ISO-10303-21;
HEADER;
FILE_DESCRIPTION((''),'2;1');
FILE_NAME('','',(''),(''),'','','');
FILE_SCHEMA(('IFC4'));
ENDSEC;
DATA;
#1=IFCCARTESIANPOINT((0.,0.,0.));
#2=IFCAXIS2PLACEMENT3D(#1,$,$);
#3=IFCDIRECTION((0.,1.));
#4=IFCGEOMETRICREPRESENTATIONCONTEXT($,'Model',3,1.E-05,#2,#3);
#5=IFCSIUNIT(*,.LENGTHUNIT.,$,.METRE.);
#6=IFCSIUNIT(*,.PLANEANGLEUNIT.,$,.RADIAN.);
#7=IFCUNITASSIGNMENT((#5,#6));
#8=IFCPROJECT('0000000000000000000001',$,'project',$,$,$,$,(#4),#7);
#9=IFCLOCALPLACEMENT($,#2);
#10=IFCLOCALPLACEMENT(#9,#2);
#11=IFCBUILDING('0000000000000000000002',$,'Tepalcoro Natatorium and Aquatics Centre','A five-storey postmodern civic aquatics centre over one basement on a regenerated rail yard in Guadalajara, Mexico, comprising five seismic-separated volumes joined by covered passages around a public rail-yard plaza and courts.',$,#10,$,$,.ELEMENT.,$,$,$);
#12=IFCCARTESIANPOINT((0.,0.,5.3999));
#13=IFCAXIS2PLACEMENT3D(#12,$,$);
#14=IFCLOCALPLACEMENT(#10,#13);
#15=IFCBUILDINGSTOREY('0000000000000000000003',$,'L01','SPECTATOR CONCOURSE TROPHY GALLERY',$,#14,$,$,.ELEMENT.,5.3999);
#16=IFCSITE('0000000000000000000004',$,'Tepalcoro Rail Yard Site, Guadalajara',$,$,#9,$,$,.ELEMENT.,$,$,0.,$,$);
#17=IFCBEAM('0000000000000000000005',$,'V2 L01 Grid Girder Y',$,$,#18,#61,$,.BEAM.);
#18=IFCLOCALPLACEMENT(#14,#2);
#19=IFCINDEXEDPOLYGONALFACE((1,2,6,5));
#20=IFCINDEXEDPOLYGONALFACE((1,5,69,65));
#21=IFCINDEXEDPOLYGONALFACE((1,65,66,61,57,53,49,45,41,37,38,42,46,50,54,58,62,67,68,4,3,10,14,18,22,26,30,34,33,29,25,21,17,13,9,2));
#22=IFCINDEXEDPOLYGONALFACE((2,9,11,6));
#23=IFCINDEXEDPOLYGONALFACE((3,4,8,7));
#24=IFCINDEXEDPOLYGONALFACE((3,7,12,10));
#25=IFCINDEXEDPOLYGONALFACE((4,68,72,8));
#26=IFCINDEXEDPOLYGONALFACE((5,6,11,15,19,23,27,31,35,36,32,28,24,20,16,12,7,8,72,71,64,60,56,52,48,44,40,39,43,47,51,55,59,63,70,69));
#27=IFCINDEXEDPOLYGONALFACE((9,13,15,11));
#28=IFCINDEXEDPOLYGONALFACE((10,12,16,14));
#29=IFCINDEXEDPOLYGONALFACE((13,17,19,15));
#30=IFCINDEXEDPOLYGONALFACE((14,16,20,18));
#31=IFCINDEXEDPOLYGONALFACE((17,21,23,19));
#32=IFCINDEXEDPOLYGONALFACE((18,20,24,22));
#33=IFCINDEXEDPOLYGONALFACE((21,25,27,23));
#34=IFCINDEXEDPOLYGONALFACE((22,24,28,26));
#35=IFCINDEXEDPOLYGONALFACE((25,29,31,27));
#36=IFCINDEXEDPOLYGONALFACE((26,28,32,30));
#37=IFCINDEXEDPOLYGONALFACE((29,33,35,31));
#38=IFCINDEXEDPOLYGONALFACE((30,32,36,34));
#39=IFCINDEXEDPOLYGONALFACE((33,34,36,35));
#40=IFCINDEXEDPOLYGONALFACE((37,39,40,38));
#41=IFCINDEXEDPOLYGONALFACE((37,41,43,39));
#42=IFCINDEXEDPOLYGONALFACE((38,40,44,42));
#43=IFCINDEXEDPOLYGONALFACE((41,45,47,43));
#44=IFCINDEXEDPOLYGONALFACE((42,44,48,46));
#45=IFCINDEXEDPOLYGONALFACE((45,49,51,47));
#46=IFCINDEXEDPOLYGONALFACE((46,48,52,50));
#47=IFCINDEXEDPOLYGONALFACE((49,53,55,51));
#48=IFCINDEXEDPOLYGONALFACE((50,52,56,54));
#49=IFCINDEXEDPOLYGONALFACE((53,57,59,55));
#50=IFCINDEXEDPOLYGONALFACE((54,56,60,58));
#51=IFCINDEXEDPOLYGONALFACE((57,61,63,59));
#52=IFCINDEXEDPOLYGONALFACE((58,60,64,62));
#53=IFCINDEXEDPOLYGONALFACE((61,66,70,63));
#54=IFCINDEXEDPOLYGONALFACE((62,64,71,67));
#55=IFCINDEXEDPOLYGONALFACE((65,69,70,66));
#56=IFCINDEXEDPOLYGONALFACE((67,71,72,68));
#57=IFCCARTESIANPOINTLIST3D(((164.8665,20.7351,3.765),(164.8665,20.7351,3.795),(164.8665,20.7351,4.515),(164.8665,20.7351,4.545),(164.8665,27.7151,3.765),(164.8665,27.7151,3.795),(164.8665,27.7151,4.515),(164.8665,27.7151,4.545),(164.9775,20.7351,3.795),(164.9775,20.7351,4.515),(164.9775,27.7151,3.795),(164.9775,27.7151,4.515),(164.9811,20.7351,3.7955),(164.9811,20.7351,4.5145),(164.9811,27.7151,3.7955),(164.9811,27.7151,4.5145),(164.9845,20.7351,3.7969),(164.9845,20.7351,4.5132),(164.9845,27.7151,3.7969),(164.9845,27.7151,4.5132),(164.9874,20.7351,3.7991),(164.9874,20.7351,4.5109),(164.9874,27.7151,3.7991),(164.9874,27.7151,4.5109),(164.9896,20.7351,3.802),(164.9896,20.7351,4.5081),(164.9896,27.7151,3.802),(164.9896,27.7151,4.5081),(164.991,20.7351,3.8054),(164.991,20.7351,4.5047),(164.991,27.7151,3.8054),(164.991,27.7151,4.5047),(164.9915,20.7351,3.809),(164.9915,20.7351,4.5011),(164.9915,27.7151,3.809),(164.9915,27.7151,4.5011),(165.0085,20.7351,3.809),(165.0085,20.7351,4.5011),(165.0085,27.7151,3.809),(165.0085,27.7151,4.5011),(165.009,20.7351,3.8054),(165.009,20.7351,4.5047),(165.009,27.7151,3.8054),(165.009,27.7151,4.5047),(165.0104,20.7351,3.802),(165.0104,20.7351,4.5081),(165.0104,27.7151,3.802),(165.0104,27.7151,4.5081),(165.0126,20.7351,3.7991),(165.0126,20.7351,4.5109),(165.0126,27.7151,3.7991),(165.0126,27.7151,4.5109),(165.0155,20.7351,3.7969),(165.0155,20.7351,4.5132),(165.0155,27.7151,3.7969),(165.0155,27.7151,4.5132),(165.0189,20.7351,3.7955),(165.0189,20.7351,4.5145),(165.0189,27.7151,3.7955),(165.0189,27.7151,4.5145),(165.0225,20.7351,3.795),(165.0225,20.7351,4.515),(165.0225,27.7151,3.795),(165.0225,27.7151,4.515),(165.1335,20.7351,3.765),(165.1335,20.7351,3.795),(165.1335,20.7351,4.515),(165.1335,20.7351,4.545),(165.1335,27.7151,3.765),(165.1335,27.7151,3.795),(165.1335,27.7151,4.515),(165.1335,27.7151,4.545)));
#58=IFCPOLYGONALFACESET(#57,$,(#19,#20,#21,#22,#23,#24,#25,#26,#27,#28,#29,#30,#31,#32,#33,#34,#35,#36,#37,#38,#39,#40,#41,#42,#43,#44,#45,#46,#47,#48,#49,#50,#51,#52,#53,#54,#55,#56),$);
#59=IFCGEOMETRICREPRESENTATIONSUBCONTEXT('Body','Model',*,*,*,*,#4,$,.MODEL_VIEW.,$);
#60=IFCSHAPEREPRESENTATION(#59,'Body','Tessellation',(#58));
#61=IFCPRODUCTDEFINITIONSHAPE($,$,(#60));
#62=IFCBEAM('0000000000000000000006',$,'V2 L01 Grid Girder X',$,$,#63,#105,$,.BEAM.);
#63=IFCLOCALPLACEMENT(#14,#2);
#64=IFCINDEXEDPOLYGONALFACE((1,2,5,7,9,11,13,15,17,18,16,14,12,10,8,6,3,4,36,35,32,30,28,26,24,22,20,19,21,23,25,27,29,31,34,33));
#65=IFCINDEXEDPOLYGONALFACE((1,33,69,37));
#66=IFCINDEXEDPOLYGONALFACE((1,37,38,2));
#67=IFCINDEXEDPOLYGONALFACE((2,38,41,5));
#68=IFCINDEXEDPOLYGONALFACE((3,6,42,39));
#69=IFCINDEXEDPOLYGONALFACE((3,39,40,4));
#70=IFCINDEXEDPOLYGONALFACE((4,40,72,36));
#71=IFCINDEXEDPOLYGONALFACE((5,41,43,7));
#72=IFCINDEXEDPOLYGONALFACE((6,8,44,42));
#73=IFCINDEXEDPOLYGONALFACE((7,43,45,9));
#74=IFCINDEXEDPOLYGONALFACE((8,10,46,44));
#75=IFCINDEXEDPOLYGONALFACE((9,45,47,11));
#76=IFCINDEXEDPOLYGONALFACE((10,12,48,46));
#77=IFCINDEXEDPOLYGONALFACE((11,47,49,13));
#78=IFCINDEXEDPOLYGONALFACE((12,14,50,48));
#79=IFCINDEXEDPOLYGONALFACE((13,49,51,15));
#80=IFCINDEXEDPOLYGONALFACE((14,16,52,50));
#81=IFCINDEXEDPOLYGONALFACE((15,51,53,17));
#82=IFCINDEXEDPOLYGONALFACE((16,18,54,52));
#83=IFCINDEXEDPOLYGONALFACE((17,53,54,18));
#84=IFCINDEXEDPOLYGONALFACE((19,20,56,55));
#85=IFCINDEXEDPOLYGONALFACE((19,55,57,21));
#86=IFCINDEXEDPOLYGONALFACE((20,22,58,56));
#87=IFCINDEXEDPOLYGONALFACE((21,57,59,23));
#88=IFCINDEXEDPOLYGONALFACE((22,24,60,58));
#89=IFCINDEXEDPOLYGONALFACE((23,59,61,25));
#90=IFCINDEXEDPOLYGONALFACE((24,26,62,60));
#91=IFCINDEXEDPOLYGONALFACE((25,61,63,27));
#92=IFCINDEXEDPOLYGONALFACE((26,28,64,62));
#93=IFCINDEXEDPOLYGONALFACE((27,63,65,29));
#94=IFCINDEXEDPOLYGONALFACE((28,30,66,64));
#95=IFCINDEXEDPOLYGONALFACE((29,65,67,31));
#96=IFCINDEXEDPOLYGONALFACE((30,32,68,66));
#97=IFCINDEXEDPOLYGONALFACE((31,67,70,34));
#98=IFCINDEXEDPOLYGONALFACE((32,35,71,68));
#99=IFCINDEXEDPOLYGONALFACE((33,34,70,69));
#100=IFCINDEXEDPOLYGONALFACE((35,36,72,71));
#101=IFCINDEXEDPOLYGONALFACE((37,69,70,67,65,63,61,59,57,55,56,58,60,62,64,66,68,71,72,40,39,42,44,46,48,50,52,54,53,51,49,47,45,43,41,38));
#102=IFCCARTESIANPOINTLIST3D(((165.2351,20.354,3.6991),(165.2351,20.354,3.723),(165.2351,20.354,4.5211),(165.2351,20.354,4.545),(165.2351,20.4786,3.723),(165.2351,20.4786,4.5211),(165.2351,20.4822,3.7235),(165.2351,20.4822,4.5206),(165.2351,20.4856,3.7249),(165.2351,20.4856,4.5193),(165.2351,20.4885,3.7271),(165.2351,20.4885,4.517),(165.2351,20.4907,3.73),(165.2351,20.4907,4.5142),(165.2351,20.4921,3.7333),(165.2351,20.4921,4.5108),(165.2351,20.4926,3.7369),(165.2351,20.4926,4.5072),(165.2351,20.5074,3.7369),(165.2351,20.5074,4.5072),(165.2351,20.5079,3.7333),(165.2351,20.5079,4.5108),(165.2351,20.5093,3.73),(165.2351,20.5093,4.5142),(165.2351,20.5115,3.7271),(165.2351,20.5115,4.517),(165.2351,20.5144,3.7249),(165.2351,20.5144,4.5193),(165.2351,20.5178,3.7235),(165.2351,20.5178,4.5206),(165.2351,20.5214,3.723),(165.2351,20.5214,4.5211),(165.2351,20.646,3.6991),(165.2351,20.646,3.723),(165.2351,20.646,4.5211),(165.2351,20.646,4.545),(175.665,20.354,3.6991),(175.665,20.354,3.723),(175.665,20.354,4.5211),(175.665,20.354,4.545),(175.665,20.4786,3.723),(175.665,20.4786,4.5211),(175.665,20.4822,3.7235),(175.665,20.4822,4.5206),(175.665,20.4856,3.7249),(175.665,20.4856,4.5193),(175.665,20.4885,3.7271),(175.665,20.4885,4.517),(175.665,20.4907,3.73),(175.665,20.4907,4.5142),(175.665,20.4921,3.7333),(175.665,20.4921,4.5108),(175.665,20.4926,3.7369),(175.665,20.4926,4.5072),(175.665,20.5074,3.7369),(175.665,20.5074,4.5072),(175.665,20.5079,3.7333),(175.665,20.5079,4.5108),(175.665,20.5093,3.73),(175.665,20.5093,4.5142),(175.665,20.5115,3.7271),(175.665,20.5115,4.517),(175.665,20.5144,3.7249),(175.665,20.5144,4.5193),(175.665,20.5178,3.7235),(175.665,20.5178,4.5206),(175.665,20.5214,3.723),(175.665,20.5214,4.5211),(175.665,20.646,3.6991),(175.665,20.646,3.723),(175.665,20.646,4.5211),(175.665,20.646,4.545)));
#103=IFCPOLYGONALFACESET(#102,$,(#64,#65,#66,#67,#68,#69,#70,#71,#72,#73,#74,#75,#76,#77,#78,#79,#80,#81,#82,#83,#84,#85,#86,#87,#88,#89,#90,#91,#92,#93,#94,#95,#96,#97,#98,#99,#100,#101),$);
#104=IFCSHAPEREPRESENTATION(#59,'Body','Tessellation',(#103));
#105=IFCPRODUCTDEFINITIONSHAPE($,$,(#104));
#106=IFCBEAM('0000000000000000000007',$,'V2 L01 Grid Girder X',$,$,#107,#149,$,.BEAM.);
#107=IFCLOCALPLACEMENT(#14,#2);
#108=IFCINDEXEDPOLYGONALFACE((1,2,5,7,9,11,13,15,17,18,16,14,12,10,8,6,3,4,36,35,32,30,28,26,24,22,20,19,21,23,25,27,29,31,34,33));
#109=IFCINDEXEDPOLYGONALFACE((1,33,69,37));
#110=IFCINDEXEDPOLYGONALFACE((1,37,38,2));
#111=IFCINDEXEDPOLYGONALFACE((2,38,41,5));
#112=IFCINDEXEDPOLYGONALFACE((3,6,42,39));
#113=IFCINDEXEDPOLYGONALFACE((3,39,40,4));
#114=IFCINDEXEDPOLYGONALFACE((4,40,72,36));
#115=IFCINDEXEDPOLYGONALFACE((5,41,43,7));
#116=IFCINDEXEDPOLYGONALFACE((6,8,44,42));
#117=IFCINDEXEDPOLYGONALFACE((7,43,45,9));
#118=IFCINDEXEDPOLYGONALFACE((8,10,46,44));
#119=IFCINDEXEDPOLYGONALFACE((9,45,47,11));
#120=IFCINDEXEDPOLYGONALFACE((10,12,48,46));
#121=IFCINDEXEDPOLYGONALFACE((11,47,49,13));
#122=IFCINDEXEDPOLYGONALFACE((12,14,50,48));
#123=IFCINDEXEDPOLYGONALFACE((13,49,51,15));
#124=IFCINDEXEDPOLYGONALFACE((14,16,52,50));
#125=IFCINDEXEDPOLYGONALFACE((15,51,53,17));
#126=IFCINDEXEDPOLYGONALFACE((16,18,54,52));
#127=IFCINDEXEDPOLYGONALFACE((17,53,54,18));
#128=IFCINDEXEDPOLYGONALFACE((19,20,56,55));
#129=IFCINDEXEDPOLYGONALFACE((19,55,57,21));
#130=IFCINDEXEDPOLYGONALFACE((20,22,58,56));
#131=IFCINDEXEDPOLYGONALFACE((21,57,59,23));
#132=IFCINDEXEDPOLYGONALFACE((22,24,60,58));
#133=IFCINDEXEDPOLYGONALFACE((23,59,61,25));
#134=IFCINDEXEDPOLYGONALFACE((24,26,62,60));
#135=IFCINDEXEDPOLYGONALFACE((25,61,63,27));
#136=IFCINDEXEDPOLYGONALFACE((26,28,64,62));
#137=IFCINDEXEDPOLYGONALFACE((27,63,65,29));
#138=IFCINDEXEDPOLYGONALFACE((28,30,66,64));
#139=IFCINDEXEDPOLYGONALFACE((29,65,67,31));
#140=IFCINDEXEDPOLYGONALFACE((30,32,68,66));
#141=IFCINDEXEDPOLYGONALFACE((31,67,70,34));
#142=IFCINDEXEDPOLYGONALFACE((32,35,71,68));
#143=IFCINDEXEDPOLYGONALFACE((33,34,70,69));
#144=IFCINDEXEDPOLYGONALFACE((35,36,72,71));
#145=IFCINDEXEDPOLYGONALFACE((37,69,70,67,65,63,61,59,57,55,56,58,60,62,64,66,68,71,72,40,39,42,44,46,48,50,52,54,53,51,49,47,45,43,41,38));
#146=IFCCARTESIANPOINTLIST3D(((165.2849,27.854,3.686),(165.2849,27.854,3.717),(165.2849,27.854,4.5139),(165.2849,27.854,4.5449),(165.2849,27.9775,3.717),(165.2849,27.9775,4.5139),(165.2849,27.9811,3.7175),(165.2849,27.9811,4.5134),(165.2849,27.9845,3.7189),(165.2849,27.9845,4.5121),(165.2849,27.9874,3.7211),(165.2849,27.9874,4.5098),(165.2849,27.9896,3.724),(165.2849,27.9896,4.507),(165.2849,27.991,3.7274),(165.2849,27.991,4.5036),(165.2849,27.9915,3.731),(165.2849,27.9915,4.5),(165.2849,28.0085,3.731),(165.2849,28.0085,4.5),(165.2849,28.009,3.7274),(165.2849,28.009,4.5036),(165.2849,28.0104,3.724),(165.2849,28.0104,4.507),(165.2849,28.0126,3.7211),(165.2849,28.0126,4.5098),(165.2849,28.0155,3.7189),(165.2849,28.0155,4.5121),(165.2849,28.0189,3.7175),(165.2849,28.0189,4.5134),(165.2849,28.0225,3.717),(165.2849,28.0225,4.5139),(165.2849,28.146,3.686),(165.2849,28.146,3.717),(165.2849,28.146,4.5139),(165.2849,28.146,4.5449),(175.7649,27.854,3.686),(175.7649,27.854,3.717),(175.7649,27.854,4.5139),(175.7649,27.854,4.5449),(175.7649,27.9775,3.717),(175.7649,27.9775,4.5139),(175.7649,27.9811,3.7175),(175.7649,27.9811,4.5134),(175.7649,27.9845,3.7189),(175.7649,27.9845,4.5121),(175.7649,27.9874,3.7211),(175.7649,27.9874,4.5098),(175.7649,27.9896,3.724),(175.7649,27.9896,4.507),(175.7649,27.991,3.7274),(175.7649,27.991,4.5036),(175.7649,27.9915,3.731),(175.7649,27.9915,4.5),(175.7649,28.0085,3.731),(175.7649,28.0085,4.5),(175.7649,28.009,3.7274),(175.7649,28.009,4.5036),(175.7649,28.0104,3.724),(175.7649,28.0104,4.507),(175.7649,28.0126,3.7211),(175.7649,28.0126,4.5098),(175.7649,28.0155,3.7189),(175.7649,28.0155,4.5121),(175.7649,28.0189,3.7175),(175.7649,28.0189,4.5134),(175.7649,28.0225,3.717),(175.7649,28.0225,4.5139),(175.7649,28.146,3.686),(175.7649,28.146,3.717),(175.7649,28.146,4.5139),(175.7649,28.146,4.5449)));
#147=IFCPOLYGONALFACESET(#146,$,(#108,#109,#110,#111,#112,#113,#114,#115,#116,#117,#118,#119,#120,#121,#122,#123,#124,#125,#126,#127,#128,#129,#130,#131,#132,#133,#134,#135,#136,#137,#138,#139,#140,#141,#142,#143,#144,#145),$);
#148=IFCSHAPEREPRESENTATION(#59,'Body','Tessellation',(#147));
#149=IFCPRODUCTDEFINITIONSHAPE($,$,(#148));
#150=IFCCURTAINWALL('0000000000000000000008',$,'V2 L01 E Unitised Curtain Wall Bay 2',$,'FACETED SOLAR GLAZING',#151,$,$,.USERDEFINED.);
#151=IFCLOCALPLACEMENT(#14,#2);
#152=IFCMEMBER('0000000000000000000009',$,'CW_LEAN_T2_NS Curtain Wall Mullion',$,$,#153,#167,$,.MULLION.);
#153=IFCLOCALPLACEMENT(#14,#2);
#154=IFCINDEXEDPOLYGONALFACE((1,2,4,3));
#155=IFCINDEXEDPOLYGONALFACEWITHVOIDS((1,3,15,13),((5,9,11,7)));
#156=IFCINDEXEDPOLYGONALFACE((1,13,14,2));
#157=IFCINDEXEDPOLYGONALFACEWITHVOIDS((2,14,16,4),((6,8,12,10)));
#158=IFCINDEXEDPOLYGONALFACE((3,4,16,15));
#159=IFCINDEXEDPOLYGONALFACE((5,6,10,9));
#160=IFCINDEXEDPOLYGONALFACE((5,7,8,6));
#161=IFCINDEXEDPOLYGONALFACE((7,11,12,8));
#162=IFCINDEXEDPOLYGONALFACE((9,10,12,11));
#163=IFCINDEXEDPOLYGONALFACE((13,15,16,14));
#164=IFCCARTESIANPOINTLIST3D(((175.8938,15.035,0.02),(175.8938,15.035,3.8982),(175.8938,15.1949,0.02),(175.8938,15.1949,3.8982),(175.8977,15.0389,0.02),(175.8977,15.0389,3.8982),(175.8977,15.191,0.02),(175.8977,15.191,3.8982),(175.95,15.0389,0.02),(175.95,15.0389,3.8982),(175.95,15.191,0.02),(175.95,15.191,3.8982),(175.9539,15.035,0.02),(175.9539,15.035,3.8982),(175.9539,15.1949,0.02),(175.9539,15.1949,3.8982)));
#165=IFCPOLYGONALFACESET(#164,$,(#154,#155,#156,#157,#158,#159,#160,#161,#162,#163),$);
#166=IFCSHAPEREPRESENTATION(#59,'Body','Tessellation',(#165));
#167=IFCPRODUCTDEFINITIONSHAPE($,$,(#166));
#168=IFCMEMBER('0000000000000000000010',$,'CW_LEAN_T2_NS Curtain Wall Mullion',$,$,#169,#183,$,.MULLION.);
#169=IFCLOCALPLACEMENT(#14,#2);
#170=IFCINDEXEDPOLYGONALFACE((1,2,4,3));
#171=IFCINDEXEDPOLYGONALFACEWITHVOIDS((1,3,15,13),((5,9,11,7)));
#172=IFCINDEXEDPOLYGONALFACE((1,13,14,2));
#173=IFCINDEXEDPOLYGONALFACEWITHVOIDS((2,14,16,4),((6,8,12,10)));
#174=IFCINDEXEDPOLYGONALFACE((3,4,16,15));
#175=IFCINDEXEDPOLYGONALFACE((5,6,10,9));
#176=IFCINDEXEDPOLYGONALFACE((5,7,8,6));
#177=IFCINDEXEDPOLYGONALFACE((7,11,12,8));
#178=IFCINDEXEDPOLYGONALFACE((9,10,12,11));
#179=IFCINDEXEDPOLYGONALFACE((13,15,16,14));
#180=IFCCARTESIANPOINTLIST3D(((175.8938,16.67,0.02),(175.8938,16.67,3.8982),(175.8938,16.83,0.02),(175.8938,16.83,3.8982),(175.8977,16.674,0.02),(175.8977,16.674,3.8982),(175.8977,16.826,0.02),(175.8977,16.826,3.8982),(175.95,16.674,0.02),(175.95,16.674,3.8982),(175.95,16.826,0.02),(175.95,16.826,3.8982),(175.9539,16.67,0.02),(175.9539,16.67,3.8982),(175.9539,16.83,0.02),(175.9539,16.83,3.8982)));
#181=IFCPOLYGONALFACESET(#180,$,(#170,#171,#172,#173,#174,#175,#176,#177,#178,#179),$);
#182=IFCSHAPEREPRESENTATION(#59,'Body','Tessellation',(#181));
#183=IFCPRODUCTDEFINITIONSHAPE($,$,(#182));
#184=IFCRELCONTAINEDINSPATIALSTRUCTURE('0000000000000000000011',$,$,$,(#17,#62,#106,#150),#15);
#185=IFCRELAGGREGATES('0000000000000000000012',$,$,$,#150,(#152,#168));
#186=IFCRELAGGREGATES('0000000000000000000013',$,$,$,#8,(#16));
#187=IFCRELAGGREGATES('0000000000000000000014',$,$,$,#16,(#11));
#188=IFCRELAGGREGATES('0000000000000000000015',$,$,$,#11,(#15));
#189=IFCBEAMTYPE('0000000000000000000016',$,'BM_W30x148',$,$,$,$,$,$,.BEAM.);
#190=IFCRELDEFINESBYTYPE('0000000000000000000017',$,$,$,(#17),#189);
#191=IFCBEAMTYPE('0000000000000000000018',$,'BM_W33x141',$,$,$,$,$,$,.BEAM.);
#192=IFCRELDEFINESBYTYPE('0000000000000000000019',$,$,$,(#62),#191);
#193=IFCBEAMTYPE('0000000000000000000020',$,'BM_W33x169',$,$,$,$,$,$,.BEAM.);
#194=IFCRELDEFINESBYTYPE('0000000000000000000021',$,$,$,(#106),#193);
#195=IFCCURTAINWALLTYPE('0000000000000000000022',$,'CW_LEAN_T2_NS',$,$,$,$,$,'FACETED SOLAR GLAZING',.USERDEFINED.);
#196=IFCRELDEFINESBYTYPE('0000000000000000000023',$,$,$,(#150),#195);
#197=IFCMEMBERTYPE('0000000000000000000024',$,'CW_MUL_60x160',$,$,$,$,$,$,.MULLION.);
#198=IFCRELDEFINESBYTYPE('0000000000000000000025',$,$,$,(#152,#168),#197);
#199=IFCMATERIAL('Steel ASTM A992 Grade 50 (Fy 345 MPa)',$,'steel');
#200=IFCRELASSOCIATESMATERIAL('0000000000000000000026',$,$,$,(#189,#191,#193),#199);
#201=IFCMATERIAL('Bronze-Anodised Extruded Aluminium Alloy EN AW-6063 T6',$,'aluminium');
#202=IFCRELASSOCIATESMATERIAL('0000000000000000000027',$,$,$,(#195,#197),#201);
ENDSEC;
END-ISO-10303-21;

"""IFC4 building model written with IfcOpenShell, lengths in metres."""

from ifc_helpers import new_model, si_unit, direction, frame, origin, origin_2d, place, context, subcontext, project, spatial, hollow_rectangle, i_section, extrude, material, material_profile, profile_set, type_object, element, aggregate, save


model = new_model("IFC4")

# Units and contexts
model_context = context("Model", 3, precision=1e-05, world=origin(), true_north=direction((0.0, 1.0)))
body_context = subcontext(model_context, "Body", "Model", "MODEL_VIEW")
ifc_project = project(units=[si_unit("LENGTHUNIT", "METRE"), si_unit("PLANEANGLEUNIT", "RADIAN")], contexts=[model_context])

# Site, building, storey
site_placement = place(None, origin())
site = spatial("IfcSite", under=ifc_project, at=site_placement, Name="Tepalcoro Rail Yard Site, Guadalajara", CompositionType="ELEMENT", RefElevation=0.0)
building_placement = place(site_placement, origin())
building = spatial("IfcBuilding", under=site, at=building_placement, Name="Tepalcoro Natatorium and Aquatics Centre", Description="A five-storey postmodern civic aquatics centre over one basement on a regenerated rail yard in Guadalajara, Mexico, comprising five seismic-separated volumes joined by covered passages around a public rail-yard plaza and courts.", CompositionType="ELEMENT")
storey_placement = place(building_placement, frame((0.0, 0.0, 5.3999)))
storey = spatial("IfcBuildingStorey", under=building, at=storey_placement, Name="L01", Description="SPECTATOR CONCOURSE TROPHY GALLERY", CompositionType="ELEMENT", Elevation=5.3999)

# Beams
ifc_material_1 = material(Name="Steel ASTM A992 Grade 50 (Fy 345 MPa)", Category="steel")
ifc_material_profile_1 = material_profile(ifc_material_1, i_section(OverallWidth=0.2671, OverallDepth=0.78, WebThickness=0.0171, FlangeThickness=0.03, FilletRadius=0.0139, at=origin_2d()), Name="W30X148")
ifc_profile_set_1 = profile_set([ifc_material_profile_1], Name="Steel ASTM A992 Grade 50 (Fy 345 MPa)")
beam_type_1 = type_object("IfcBeamType", Name="BM_W30x148", PredefinedType="BEAM", material=ifc_profile_set_1)
beam_1_placement = place(storey_placement, frame((165.0, 20.7351, 4.155), z_axis=(0.0, 1.0, 0.0), x_axis=(-1.0, 0.0, 0.0)))
element("IfcBeam", 1, at=beam_1_placement, inside=storey, type_object=beam_type_1, Name="V2 L01 Grid Girder Y", PredefinedType="BEAM", context=body_context, shape_type="SweptSolid", body=[
    extrude(i_section(OverallWidth=0.2671, OverallDepth=0.78, WebThickness=0.0171, FlangeThickness=0.03, FilletRadius=0.0139, at=origin_2d()), origin(), (0.0, 0.0, 1.0), 6.98),
])
ifc_material_profile_2 = material_profile(ifc_material_1, i_section(OverallWidth=0.292, OverallDepth=0.8459, WebThickness=0.0149, FlangeThickness=0.0239, FilletRadius=0.0139, at=origin_2d()), Name="W33X141")
ifc_profile_set_2 = profile_set([ifc_material_profile_2], Name="Steel ASTM A992 Grade 50 (Fy 345 MPa)")
beam_type_2 = type_object("IfcBeamType", Name="BM_W33x141", PredefinedType="BEAM", material=ifc_profile_set_2)
beam_2_placement = place(storey_placement, frame((165.2351, 20.5, 4.1221), z_axis=(1.0, 0.0, 0.0), x_axis=(0.0, 1.0, 0.0)))
element("IfcBeam", 2, at=beam_2_placement, inside=storey, type_object=beam_type_2, Name="V2 L01 Grid Girder X", PredefinedType="BEAM", context=body_context, shape_type="SweptSolid", body=[
    extrude(i_section(OverallWidth=0.292, OverallDepth=0.8459, WebThickness=0.0149, FlangeThickness=0.0239, FilletRadius=0.0139, at=origin_2d()), origin(), (0.0, 0.0, 1.0), 10.4299),
])
ifc_material_profile_3 = material_profile(ifc_material_1, i_section(OverallWidth=0.292, OverallDepth=0.8589, WebThickness=0.0171, FlangeThickness=0.031, FilletRadius=0.0139, at=origin_2d()), Name="W33X169")
ifc_profile_set_3 = profile_set([ifc_material_profile_3], Name="Steel ASTM A992 Grade 50 (Fy 345 MPa)")
beam_type_3 = type_object("IfcBeamType", Name="BM_W33x169", PredefinedType="BEAM", material=ifc_profile_set_3)
beam_3_placement = place(storey_placement, frame((165.2849, 28.0, 4.1155), z_axis=(1.0, 0.0, 0.0), x_axis=(0.0, 1.0, 0.0)))
element("IfcBeam", 3, at=beam_3_placement, inside=storey, type_object=beam_type_3, Name="V2 L01 Grid Girder X", PredefinedType="BEAM", context=body_context, shape_type="SweptSolid", body=[
    extrude(i_section(OverallWidth=0.292, OverallDepth=0.8589, WebThickness=0.0171, FlangeThickness=0.031, FilletRadius=0.0139, at=origin_2d()), origin(), (0.0, 0.0, 1.0), 10.48),
])

# Curtain wall, members
ifc_material_2 = material(Name="Bronze-Anodised Extruded Aluminium Alloy EN AW-6063 T6", Category="aluminium")
curtain_wall_type = type_object("IfcCurtainWallType", Name="CW_LEAN_T2_NS", ElementType="FACETED SOLAR GLAZING", PredefinedType="USERDEFINED", material=ifc_material_2)
curtain_wall_placement = place(storey_placement, origin())
curtain_wall = element("IfcCurtainWall", 4, at=curtain_wall_placement, inside=storey, type_object=curtain_wall_type, Name="V2 L01 E Unitised Curtain Wall Bay 2", ObjectType="FACETED SOLAR GLAZING", PredefinedType="USERDEFINED")
ifc_material_profile_4 = material_profile(ifc_material_2, hollow_rectangle(XDim=0.0601, YDim=0.1599, WallThickness=0.0039, at=origin_2d()), Name="AL60X160X4")
ifc_profile_set_4 = profile_set([ifc_material_profile_4], Name="Bronze-Anodised Extruded Aluminium Alloy EN AW-6063 T6")
member_type = type_object("IfcMemberType", Name="CW_MUL_60x160", PredefinedType="MULLION", material=ifc_profile_set_4)
member_1_placement = place(storey_placement, frame((175.9238, 15.115, 0.02), z_axis=(0.0, 0.0, 1.0), x_axis=(1.0, 0.0, 0.0)))
member_1 = element("IfcMember", 5, at=member_1_placement, type_object=member_type, Name="CW_LEAN_T2_NS Curtain Wall Mullion", PredefinedType="MULLION", context=body_context, shape_type="SweptSolid", body=[
    extrude(hollow_rectangle(XDim=0.0601, YDim=0.1599, WallThickness=0.0039, at=origin_2d()), origin(), (0.0, 0.0, 1.0), 3.8782),
])
member_2_placement = place(storey_placement, frame((175.9238, 16.75, 0.02), z_axis=(0.0, 0.0, 1.0), x_axis=(1.0, 0.0, 0.0)))
member_2 = element("IfcMember", 6, at=member_2_placement, type_object=member_type, Name="CW_LEAN_T2_NS Curtain Wall Mullion", PredefinedType="MULLION", context=body_context, shape_type="SweptSolid", body=[
    extrude(hollow_rectangle(XDim=0.0601, YDim=0.1599, WallThickness=0.0039, at=origin_2d()), origin(), (0.0, 0.0, 1.0), 3.8782),
])

aggregate(curtain_wall, [member_1, member_2])

save(model, "model.ifc")
